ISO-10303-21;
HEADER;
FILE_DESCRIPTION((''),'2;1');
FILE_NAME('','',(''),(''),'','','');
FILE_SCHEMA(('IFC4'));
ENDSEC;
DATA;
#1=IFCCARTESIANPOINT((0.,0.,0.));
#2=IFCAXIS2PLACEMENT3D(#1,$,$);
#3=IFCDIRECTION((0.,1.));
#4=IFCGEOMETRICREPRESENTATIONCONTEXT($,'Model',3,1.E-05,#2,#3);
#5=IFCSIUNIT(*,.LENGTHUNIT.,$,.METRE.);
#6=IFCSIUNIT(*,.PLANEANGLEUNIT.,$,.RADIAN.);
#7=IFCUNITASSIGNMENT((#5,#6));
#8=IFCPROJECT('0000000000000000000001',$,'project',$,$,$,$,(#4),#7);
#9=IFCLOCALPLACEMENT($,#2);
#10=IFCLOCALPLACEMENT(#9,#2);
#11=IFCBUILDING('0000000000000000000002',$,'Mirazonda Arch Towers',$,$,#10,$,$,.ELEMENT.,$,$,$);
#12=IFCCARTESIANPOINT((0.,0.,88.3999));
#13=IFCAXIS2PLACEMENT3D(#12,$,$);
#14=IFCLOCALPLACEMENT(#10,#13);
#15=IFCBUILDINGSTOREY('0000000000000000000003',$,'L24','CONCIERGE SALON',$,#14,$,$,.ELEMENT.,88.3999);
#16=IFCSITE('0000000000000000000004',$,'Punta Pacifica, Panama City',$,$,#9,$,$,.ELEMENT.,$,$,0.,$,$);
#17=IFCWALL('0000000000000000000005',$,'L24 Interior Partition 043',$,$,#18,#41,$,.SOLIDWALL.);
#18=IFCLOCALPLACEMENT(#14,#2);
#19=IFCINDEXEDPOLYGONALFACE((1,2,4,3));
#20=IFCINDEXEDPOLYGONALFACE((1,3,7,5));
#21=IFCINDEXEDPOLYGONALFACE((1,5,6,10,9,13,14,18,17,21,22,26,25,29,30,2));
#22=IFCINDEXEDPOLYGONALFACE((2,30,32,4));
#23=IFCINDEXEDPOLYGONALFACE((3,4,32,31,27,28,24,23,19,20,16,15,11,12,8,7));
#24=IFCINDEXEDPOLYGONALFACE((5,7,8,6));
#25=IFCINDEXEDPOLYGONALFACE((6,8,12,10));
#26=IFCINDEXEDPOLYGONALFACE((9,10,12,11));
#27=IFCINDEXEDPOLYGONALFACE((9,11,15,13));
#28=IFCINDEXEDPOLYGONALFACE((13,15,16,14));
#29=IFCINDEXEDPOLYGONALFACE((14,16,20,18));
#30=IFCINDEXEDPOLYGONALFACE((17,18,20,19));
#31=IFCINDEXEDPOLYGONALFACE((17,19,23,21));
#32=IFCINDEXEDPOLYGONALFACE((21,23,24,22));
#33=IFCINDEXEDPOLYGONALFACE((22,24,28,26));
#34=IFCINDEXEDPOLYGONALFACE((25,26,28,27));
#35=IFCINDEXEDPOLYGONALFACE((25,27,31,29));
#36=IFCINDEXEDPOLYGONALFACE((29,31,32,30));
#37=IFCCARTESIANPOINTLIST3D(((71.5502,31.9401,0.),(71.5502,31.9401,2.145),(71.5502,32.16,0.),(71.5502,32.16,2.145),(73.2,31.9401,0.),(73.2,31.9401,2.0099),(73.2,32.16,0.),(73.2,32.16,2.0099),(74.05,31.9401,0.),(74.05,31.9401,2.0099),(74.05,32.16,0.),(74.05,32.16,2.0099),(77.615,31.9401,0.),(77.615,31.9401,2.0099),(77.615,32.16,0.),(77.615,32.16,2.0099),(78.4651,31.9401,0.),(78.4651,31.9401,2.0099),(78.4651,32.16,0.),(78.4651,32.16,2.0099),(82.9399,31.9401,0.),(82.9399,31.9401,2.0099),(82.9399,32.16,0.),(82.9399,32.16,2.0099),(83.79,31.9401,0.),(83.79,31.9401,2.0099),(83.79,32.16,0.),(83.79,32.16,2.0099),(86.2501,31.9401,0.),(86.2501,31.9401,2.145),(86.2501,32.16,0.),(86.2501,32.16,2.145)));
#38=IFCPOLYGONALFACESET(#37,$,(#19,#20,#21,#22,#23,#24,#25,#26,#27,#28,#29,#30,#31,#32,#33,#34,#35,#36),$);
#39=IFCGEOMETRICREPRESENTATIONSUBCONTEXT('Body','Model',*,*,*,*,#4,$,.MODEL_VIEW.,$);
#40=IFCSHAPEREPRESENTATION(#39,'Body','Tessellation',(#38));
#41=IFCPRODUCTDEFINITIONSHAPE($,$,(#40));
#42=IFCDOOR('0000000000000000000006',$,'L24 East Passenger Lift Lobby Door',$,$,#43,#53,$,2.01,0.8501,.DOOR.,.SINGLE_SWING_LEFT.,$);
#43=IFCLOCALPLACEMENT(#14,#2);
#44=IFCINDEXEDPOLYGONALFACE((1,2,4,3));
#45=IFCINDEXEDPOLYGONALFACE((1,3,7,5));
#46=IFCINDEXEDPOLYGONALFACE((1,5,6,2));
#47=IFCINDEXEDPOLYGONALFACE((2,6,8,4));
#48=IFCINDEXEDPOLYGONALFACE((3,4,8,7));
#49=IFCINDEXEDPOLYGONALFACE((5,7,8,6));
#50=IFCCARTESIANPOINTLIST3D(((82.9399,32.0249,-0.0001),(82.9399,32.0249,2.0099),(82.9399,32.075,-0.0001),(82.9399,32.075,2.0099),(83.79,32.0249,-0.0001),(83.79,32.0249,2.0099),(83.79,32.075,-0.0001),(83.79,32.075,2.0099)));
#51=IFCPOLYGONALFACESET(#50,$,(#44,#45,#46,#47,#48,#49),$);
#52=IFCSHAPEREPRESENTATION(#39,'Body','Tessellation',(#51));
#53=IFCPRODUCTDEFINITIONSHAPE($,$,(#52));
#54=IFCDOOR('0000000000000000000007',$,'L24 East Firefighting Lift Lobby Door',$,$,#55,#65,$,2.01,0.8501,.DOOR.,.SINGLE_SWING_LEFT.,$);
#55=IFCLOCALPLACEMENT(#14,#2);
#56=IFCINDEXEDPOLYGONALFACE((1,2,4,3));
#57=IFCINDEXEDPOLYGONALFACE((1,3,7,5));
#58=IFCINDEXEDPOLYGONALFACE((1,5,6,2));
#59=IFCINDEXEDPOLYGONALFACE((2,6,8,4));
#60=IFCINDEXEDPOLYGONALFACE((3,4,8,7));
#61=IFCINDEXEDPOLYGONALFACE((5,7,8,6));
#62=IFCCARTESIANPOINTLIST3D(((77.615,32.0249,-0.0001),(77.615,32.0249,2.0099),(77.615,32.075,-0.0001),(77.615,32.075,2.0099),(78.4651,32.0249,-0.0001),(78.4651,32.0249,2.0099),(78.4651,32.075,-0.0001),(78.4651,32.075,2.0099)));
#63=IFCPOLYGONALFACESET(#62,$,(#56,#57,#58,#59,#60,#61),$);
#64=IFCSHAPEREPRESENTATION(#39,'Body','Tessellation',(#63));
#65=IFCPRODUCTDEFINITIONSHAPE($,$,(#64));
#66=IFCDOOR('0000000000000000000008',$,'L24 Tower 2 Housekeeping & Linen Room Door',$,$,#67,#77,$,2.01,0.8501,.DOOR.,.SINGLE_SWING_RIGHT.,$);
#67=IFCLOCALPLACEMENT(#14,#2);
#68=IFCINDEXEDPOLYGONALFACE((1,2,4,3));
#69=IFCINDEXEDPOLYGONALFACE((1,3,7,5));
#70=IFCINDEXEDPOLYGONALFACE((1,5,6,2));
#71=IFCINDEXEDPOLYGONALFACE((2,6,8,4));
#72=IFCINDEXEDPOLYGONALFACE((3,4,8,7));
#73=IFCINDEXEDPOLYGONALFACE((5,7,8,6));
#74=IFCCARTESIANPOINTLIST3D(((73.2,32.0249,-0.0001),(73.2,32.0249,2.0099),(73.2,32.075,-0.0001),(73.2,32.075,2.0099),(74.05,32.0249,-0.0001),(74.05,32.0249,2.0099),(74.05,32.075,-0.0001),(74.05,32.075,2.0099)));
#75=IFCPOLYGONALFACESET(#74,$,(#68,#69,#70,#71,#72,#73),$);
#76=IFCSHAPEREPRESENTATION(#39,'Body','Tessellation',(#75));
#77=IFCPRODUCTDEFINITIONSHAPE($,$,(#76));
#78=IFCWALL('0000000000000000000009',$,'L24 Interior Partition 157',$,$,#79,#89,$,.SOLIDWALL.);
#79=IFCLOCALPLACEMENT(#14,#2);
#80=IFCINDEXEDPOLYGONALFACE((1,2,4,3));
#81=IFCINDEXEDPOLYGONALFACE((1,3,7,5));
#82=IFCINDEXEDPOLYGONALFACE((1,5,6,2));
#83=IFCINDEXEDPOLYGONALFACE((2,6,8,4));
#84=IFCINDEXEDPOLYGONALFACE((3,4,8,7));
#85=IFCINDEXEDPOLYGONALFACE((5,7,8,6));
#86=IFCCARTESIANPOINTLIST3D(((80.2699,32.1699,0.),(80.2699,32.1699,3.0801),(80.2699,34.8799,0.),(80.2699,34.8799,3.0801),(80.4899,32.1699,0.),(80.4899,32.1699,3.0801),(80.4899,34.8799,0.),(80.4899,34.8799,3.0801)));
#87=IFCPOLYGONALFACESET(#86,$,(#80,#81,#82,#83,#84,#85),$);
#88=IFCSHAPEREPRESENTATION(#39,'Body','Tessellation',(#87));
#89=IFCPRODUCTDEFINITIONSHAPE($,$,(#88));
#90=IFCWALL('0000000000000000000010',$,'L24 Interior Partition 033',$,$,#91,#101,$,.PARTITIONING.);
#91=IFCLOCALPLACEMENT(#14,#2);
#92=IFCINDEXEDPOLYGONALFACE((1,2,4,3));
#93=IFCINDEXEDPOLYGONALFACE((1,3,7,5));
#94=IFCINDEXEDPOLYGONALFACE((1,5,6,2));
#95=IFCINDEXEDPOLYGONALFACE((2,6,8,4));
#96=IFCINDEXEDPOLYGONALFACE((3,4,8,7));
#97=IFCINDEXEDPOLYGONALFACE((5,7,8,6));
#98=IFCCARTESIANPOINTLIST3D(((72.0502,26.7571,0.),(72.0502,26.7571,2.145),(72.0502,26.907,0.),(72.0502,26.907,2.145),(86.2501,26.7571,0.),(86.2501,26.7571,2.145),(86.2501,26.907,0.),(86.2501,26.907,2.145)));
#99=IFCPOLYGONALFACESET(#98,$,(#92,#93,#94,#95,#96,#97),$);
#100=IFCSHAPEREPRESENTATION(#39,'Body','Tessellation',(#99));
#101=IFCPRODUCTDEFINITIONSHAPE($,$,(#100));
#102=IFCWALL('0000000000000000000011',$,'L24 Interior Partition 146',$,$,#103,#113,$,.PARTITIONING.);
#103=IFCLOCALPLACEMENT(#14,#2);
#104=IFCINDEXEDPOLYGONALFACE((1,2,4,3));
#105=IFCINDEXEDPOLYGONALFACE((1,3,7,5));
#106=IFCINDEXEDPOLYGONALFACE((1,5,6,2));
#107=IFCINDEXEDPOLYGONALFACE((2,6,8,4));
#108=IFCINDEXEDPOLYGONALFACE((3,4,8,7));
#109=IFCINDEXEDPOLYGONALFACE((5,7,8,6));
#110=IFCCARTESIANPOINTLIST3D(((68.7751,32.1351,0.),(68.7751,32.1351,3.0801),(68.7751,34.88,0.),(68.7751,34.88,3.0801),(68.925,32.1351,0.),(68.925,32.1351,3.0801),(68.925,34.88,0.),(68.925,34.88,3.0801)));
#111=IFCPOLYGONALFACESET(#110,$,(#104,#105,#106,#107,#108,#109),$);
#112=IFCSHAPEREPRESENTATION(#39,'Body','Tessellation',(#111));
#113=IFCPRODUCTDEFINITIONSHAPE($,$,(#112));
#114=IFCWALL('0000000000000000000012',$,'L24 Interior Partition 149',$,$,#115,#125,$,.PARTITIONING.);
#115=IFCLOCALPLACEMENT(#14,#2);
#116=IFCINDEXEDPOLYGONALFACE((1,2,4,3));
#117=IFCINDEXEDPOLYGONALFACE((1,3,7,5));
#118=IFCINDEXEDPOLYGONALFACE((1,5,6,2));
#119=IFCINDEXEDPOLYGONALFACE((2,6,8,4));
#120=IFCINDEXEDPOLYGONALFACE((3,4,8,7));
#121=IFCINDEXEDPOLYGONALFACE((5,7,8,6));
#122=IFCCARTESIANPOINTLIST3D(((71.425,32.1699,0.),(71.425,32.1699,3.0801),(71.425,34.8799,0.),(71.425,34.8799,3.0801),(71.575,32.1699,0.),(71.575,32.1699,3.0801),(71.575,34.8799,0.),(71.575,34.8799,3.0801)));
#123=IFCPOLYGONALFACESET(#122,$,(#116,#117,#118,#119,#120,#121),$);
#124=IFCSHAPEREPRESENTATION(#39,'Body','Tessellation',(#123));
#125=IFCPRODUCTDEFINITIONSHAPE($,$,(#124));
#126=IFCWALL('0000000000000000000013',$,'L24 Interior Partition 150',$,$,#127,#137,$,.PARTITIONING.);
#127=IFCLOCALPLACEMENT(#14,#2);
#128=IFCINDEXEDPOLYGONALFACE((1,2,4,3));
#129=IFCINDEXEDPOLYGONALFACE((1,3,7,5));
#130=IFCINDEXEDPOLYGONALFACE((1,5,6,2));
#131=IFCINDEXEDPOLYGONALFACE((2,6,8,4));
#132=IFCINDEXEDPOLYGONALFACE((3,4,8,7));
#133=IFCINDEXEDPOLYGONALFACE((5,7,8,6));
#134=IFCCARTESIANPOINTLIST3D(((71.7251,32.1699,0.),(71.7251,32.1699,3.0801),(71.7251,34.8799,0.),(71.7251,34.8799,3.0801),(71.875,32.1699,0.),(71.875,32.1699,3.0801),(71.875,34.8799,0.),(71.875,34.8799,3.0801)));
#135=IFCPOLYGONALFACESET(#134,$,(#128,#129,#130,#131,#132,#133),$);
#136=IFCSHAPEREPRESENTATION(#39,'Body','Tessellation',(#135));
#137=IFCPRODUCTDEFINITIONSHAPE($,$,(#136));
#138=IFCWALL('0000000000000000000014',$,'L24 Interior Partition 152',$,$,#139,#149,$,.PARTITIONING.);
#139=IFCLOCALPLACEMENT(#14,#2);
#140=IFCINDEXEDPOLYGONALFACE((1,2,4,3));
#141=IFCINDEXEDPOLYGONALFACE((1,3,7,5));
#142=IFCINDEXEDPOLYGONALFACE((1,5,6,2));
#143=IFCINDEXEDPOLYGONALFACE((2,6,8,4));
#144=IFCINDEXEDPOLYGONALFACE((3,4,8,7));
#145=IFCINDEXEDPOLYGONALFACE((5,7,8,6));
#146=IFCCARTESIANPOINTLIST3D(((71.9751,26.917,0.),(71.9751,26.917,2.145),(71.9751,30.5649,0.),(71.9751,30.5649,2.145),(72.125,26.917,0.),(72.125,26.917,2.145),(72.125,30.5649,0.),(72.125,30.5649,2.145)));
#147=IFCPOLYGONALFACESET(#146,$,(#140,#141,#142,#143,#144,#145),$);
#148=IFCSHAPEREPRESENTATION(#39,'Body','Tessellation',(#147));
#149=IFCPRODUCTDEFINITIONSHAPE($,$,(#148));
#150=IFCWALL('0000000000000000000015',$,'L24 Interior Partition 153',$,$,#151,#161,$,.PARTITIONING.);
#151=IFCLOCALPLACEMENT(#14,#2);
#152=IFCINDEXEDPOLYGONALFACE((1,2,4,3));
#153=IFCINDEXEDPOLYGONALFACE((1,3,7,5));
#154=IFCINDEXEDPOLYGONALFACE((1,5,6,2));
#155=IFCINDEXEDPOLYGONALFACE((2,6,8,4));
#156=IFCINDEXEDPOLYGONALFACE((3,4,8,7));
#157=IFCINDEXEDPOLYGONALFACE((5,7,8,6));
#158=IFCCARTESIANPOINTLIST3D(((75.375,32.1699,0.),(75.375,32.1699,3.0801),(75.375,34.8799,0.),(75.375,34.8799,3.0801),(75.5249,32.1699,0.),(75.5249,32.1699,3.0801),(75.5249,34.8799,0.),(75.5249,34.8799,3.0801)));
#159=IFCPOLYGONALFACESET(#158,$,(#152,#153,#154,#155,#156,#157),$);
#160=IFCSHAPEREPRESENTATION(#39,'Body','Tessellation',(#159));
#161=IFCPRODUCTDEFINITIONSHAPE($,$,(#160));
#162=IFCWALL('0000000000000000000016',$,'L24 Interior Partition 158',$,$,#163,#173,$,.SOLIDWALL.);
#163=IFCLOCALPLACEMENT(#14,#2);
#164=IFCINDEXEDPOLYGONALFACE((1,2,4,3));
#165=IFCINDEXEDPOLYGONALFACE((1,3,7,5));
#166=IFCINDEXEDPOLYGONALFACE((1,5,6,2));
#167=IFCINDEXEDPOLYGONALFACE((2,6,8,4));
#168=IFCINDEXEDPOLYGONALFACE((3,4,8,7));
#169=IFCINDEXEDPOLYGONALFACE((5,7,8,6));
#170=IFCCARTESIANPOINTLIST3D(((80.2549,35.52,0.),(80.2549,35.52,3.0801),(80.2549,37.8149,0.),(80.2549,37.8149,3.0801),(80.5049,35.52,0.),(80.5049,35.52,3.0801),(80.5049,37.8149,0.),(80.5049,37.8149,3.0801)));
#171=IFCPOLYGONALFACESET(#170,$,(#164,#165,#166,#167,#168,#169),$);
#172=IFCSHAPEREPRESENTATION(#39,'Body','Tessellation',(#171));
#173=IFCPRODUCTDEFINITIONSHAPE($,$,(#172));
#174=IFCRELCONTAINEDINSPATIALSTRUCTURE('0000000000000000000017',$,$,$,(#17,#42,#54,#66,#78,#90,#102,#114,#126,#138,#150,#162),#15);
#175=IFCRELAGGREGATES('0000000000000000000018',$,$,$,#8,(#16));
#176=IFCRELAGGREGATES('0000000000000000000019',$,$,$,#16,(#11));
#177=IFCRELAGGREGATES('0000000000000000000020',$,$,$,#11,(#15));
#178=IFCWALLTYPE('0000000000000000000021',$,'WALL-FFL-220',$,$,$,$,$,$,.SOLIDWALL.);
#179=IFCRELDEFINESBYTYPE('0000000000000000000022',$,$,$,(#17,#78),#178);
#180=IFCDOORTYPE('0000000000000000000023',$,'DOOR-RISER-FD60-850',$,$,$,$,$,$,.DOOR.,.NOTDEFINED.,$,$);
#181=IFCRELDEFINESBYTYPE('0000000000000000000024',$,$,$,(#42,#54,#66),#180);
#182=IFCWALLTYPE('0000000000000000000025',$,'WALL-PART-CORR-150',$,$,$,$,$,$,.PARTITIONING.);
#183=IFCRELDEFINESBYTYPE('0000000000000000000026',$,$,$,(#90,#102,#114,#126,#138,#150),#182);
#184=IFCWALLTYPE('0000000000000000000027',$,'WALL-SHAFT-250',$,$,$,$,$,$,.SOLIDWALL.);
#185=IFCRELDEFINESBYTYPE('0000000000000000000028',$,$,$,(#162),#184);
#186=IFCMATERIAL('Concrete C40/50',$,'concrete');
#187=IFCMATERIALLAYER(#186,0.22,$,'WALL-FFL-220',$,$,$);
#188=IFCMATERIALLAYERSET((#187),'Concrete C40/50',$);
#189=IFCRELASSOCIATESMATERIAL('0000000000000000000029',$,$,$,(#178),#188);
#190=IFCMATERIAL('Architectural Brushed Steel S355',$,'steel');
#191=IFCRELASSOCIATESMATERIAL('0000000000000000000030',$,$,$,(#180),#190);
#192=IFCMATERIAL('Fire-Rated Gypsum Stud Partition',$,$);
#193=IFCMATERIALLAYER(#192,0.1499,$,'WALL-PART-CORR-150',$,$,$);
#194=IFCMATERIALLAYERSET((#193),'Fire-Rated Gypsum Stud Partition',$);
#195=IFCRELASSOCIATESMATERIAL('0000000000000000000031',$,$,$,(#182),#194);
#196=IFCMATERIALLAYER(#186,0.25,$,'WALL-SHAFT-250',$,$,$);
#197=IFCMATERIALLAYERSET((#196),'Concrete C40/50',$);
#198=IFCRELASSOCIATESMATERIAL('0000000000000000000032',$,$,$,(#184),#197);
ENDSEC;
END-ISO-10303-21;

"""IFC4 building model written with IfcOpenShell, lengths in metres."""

from ifc_helpers import new_model, si_unit, direction, frame, frame_2d, origin, place, context, subcontext, project, spatial, rectangle, extrude, material, layer, layer_set, type_object, element, fill, save


model = new_model("IFC4")

# Units and contexts
model_context = context("Model", 3, precision=1e-05, world=origin(), true_north=direction((0.0, 1.0)))
body_context = subcontext(model_context, "Body", "Model", "MODEL_VIEW")
ifc_project = project(units=[si_unit("LENGTHUNIT", "METRE"), si_unit("PLANEANGLEUNIT", "RADIAN")], contexts=[model_context])

# Site, building, storey
site_placement = place(None, origin())
site = spatial("IfcSite", under=ifc_project, at=site_placement, Name="Punta Pacifica, Panama City", CompositionType="ELEMENT", RefElevation=0.0)
building_placement = place(site_placement, origin())
building = spatial("IfcBuilding", under=site, at=building_placement, Name="Mirazonda Arch Towers", CompositionType="ELEMENT")
storey_placement = place(building_placement, frame((0.0, 0.0, 88.3999)))
storey = spatial("IfcBuildingStorey", under=building, at=storey_placement, Name="L24", Description="CONCIERGE SALON", CompositionType="ELEMENT", Elevation=88.3999)

# Wall, openings, doors
ifc_material_1 = material(Name="Architectural Brushed Steel S355", Category="steel")
ifc_material_2 = material(Name="Concrete C40/50", Category="concrete")
ifc_layer_1 = layer(ifc_material_2, 0.22, Name="WALL-FFL-220")
ifc_layer_set_1 = layer_set([ifc_layer_1], Name="Concrete C40/50")
wall_type_1 = type_object("IfcWallType", Name="WALL-FFL-220", PredefinedType="SOLIDWALL", material=ifc_layer_set_1)
wall_1_placement = place(storey_placement, frame((71.55, 32.05, 0.0), z_axis=(0.0, 0.0, 1.0), x_axis=(1.0, 0.0, 0.0)))
wall_1 = element("IfcWall", 1, at=wall_1_placement, inside=storey, type_object=wall_type_1, Name="L24 Interior Partition 043", PredefinedType="SOLIDWALL", context=body_context, shape_type="SweptSolid", body=[
    extrude(rectangle(XDim=14.7, YDim=0.22, at=frame_2d((7.3501, 0.0))), origin(), (0.0, 0.0, 1.0), 2.145),
])
opening_1_placement = place(wall_1_placement, frame((11.3899, 0.0, 0.0)))
opening_1 = element("IfcOpeningElement", 2, at=opening_1_placement, cuts=wall_1, PredefinedType="OPENING", context=body_context, shape_type="SweptSolid", body=[
    extrude(rectangle(XDim=0.8501, YDim=2.01, at=frame_2d((0.425, 1.0049))), frame((0.0, 0.1199, 0.0), z_axis=(0.0, -1.0, 0.0), x_axis=(1.0, 0.0, 0.0)), (0.0, 0.0, 1.0), 0.24),
])
opening_2_placement = place(wall_1_placement, frame((6.0649, 0.0, 0.0)))
opening_2 = element("IfcOpeningElement", 3, at=opening_2_placement, cuts=wall_1, PredefinedType="OPENING", context=body_context, shape_type="SweptSolid", body=[
    extrude(rectangle(XDim=0.8501, YDim=2.01, at=frame_2d((0.425, 1.0049))), frame((0.0, 0.1199, 0.0), z_axis=(0.0, -1.0, 0.0), x_axis=(1.0, 0.0, 0.0)), (0.0, 0.0, 1.0), 0.24),
])
opening_3_placement = place(wall_1_placement, frame((1.6499, 0.0, 0.0)))
opening_3 = element("IfcOpeningElement", 4, at=opening_3_placement, cuts=wall_1, PredefinedType="OPENING", context=body_context, shape_type="SweptSolid", body=[
    extrude(rectangle(XDim=0.8501, YDim=2.01, at=frame_2d((0.425, 1.0049))), frame((0.0, 0.1199, 0.0), z_axis=(0.0, -1.0, 0.0), x_axis=(1.0, 0.0, 0.0)), (0.0, 0.0, 1.0), 0.24),
])
door_type_1 = type_object("IfcDoorType", Name="DOOR-RISER-FD60-850", OperationType="NOTDEFINED", PredefinedType="DOOR", material=ifc_material_1)
door_1_placement = place(opening_1_placement, origin())
door_1 = element("IfcDoor", 5, at=door_1_placement, inside=storey, type_object=door_type_1, Name="L24 East Passenger Lift Lobby Door", OperationType="SINGLE_SWING_LEFT", OverallHeight=2.01, OverallWidth=0.8501, PredefinedType="DOOR", context=body_context, shape_type="SweptSolid", body=[
    extrude(rectangle(XDim=0.8501, YDim=2.01, at=frame_2d((0.425, 1.0049))), frame((0.0, 0.0249, 0.0), z_axis=(0.0, -1.0, 0.0), x_axis=(1.0, 0.0, 0.0)), (0.0, 0.0, 1.0), 0.05),
])
fill(opening_1, door_1)
door_2_placement = place(opening_2_placement, origin())
door_2 = element("IfcDoor", 6, at=door_2_placement, inside=storey, type_object=door_type_1, Name="L24 East Firefighting Lift Lobby Door", OperationType="SINGLE_SWING_LEFT", OverallHeight=2.01, OverallWidth=0.8501, PredefinedType="DOOR", context=body_context, shape_type="SweptSolid", body=[
    extrude(rectangle(XDim=0.8501, YDim=2.01, at=frame_2d((0.425, 1.0049))), frame((0.0, 0.0249, 0.0), z_axis=(0.0, -1.0, 0.0), x_axis=(1.0, 0.0, 0.0)), (0.0, 0.0, 1.0), 0.05),
])
fill(opening_2, door_2)
door_3_placement = place(opening_3_placement, origin())
door_3 = element("IfcDoor", 7, at=door_3_placement, inside=storey, type_object=door_type_1, Name="L24 Tower 2 Housekeeping & Linen Room Door", OperationType="SINGLE_SWING_RIGHT", OverallHeight=2.01, OverallWidth=0.8501, PredefinedType="DOOR", context=body_context, shape_type="SweptSolid", body=[
    extrude(rectangle(XDim=0.8501, YDim=2.01, at=frame_2d((0.425, 1.0049))), frame((0.0, 0.0249, 0.0), z_axis=(0.0, -1.0, 0.0), x_axis=(1.0, 0.0, 0.0)), (0.0, 0.0, 1.0), 0.05),
])
fill(opening_3, door_3)

# Walls
wall_2_placement = place(storey_placement, frame((80.3799, 32.1699, 0.0), z_axis=(0.0, 0.0, 1.0), x_axis=(0.0, 1.0, 0.0)))
element("IfcWall", 8, at=wall_2_placement, inside=storey, type_object=wall_type_1, Name="L24 Interior Partition 157", PredefinedType="SOLIDWALL", context=body_context, shape_type="SweptSolid", body=[
    extrude(rectangle(XDim=2.71, YDim=0.22, at=frame_2d((1.355, 0.0))), origin(), (0.0, 0.0, 1.0), 3.0801),
])
ifc_material_3 = material(Name="Fire-Rated Gypsum Stud Partition")
ifc_layer_2 = layer(ifc_material_3, 0.1499, Name="WALL-PART-CORR-150")
ifc_layer_set_2 = layer_set([ifc_layer_2], Name="Fire-Rated Gypsum Stud Partition")
wall_type_2 = type_object("IfcWallType", Name="WALL-PART-CORR-150", PredefinedType="PARTITIONING", material=ifc_layer_set_2)
wall_3_placement = place(storey_placement, frame((72.05, 26.832, 0.0), z_axis=(0.0, 0.0, 1.0), x_axis=(1.0, 0.0, 0.0)))
element("IfcWall", 9, at=wall_3_placement, inside=storey, type_object=wall_type_2, Name="L24 Interior Partition 033", PredefinedType="PARTITIONING", context=body_context, shape_type="SweptSolid", body=[
    extrude(rectangle(XDim=14.2, YDim=0.1499, at=frame_2d((7.1001, 0.0))), origin(), (0.0, 0.0, 1.0), 2.145),
])
wall_4_placement = place(storey_placement, frame((68.8501, 32.135, 0.0), z_axis=(0.0, 0.0, 1.0), x_axis=(0.0, 1.0, 0.0)))
element("IfcWall", 10, at=wall_4_placement, inside=storey, type_object=wall_type_2, Name="L24 Interior Partition 146", PredefinedType="PARTITIONING", context=body_context, shape_type="SweptSolid", body=[
    extrude(rectangle(XDim=2.7449, YDim=0.1499, at=frame_2d((1.3726, 0.0))), origin(), (0.0, 0.0, 1.0), 3.0801),
])
for number, where, z_axis, x_axis, name in (
    (11, (71.5, 32.1699, 0.0), (0.0, 0.0, 1.0), (0.0, 1.0, 0.0), "L24 Interior Partition 149"),
    (12, (71.8, 32.1699, 0.0), (0.0, 0.0, 1.0), (0.0, 1.0, 0.0), "L24 Interior Partition 150"),
):
    element("IfcWall", number, at=place(storey_placement, frame(where, z_axis=z_axis, x_axis=x_axis)), inside=storey, type_object=wall_type_2, Name=name, PredefinedType="PARTITIONING", context=body_context, shape_type="SweptSolid", body=[
        extrude(rectangle(XDim=2.71, YDim=0.1499, at=frame_2d((1.355, 0.0))), origin(), (0.0, 0.0, 1.0), 3.0801),
    ])
wall_5_placement = place(storey_placement, frame((72.05, 26.917, 0.0), z_axis=(0.0, 0.0, 1.0), x_axis=(0.0, 1.0, 0.0)))
element("IfcWall", 13, at=wall_5_placement, inside=storey, type_object=wall_type_2, Name="L24 Interior Partition 152", PredefinedType="PARTITIONING", context=body_context, shape_type="SweptSolid", body=[
    extrude(rectangle(XDim=3.6479, YDim=0.1499, at=frame_2d((1.824, 0.0))), origin(), (0.0, 0.0, 1.0), 2.145),
])
wall_6_placement = place(storey_placement, frame((75.45, 32.1699, 0.0), z_axis=(0.0, 0.0, 1.0), x_axis=(0.0, 1.0, 0.0)))
element("IfcWall", 14, at=wall_6_placement, inside=storey, type_object=wall_type_2, Name="L24 Interior Partition 153", PredefinedType="PARTITIONING", context=body_context, shape_type="SweptSolid", body=[
    extrude(rectangle(XDim=2.71, YDim=0.1499, at=frame_2d((1.355, 0.0))), origin(), (0.0, 0.0, 1.0), 3.0801),
])
ifc_layer_3 = layer(ifc_material_2, 0.25, Name="WALL-SHAFT-250")
ifc_layer_set_3 = layer_set([ifc_layer_3], Name="Concrete C40/50")
wall_type_3 = type_object("IfcWallType", Name="WALL-SHAFT-250", PredefinedType="SOLIDWALL", material=ifc_layer_set_3)
wall_7_placement = place(storey_placement, frame((80.3799, 35.52, 0.0), z_axis=(0.0, 0.0, 1.0), x_axis=(0.0, 1.0, 0.0)))
element("IfcWall", 15, at=wall_7_placement, inside=storey, type_object=wall_type_3, Name="L24 Interior Partition 158", PredefinedType="SOLIDWALL", context=body_context, shape_type="SweptSolid", body=[
    extrude(rectangle(XDim=2.2949, YDim=0.25, at=frame_2d((1.1475, 0.0))), origin(), (0.0, 0.0, 1.0), 3.0801),
])

save(model, "model.ifc")
